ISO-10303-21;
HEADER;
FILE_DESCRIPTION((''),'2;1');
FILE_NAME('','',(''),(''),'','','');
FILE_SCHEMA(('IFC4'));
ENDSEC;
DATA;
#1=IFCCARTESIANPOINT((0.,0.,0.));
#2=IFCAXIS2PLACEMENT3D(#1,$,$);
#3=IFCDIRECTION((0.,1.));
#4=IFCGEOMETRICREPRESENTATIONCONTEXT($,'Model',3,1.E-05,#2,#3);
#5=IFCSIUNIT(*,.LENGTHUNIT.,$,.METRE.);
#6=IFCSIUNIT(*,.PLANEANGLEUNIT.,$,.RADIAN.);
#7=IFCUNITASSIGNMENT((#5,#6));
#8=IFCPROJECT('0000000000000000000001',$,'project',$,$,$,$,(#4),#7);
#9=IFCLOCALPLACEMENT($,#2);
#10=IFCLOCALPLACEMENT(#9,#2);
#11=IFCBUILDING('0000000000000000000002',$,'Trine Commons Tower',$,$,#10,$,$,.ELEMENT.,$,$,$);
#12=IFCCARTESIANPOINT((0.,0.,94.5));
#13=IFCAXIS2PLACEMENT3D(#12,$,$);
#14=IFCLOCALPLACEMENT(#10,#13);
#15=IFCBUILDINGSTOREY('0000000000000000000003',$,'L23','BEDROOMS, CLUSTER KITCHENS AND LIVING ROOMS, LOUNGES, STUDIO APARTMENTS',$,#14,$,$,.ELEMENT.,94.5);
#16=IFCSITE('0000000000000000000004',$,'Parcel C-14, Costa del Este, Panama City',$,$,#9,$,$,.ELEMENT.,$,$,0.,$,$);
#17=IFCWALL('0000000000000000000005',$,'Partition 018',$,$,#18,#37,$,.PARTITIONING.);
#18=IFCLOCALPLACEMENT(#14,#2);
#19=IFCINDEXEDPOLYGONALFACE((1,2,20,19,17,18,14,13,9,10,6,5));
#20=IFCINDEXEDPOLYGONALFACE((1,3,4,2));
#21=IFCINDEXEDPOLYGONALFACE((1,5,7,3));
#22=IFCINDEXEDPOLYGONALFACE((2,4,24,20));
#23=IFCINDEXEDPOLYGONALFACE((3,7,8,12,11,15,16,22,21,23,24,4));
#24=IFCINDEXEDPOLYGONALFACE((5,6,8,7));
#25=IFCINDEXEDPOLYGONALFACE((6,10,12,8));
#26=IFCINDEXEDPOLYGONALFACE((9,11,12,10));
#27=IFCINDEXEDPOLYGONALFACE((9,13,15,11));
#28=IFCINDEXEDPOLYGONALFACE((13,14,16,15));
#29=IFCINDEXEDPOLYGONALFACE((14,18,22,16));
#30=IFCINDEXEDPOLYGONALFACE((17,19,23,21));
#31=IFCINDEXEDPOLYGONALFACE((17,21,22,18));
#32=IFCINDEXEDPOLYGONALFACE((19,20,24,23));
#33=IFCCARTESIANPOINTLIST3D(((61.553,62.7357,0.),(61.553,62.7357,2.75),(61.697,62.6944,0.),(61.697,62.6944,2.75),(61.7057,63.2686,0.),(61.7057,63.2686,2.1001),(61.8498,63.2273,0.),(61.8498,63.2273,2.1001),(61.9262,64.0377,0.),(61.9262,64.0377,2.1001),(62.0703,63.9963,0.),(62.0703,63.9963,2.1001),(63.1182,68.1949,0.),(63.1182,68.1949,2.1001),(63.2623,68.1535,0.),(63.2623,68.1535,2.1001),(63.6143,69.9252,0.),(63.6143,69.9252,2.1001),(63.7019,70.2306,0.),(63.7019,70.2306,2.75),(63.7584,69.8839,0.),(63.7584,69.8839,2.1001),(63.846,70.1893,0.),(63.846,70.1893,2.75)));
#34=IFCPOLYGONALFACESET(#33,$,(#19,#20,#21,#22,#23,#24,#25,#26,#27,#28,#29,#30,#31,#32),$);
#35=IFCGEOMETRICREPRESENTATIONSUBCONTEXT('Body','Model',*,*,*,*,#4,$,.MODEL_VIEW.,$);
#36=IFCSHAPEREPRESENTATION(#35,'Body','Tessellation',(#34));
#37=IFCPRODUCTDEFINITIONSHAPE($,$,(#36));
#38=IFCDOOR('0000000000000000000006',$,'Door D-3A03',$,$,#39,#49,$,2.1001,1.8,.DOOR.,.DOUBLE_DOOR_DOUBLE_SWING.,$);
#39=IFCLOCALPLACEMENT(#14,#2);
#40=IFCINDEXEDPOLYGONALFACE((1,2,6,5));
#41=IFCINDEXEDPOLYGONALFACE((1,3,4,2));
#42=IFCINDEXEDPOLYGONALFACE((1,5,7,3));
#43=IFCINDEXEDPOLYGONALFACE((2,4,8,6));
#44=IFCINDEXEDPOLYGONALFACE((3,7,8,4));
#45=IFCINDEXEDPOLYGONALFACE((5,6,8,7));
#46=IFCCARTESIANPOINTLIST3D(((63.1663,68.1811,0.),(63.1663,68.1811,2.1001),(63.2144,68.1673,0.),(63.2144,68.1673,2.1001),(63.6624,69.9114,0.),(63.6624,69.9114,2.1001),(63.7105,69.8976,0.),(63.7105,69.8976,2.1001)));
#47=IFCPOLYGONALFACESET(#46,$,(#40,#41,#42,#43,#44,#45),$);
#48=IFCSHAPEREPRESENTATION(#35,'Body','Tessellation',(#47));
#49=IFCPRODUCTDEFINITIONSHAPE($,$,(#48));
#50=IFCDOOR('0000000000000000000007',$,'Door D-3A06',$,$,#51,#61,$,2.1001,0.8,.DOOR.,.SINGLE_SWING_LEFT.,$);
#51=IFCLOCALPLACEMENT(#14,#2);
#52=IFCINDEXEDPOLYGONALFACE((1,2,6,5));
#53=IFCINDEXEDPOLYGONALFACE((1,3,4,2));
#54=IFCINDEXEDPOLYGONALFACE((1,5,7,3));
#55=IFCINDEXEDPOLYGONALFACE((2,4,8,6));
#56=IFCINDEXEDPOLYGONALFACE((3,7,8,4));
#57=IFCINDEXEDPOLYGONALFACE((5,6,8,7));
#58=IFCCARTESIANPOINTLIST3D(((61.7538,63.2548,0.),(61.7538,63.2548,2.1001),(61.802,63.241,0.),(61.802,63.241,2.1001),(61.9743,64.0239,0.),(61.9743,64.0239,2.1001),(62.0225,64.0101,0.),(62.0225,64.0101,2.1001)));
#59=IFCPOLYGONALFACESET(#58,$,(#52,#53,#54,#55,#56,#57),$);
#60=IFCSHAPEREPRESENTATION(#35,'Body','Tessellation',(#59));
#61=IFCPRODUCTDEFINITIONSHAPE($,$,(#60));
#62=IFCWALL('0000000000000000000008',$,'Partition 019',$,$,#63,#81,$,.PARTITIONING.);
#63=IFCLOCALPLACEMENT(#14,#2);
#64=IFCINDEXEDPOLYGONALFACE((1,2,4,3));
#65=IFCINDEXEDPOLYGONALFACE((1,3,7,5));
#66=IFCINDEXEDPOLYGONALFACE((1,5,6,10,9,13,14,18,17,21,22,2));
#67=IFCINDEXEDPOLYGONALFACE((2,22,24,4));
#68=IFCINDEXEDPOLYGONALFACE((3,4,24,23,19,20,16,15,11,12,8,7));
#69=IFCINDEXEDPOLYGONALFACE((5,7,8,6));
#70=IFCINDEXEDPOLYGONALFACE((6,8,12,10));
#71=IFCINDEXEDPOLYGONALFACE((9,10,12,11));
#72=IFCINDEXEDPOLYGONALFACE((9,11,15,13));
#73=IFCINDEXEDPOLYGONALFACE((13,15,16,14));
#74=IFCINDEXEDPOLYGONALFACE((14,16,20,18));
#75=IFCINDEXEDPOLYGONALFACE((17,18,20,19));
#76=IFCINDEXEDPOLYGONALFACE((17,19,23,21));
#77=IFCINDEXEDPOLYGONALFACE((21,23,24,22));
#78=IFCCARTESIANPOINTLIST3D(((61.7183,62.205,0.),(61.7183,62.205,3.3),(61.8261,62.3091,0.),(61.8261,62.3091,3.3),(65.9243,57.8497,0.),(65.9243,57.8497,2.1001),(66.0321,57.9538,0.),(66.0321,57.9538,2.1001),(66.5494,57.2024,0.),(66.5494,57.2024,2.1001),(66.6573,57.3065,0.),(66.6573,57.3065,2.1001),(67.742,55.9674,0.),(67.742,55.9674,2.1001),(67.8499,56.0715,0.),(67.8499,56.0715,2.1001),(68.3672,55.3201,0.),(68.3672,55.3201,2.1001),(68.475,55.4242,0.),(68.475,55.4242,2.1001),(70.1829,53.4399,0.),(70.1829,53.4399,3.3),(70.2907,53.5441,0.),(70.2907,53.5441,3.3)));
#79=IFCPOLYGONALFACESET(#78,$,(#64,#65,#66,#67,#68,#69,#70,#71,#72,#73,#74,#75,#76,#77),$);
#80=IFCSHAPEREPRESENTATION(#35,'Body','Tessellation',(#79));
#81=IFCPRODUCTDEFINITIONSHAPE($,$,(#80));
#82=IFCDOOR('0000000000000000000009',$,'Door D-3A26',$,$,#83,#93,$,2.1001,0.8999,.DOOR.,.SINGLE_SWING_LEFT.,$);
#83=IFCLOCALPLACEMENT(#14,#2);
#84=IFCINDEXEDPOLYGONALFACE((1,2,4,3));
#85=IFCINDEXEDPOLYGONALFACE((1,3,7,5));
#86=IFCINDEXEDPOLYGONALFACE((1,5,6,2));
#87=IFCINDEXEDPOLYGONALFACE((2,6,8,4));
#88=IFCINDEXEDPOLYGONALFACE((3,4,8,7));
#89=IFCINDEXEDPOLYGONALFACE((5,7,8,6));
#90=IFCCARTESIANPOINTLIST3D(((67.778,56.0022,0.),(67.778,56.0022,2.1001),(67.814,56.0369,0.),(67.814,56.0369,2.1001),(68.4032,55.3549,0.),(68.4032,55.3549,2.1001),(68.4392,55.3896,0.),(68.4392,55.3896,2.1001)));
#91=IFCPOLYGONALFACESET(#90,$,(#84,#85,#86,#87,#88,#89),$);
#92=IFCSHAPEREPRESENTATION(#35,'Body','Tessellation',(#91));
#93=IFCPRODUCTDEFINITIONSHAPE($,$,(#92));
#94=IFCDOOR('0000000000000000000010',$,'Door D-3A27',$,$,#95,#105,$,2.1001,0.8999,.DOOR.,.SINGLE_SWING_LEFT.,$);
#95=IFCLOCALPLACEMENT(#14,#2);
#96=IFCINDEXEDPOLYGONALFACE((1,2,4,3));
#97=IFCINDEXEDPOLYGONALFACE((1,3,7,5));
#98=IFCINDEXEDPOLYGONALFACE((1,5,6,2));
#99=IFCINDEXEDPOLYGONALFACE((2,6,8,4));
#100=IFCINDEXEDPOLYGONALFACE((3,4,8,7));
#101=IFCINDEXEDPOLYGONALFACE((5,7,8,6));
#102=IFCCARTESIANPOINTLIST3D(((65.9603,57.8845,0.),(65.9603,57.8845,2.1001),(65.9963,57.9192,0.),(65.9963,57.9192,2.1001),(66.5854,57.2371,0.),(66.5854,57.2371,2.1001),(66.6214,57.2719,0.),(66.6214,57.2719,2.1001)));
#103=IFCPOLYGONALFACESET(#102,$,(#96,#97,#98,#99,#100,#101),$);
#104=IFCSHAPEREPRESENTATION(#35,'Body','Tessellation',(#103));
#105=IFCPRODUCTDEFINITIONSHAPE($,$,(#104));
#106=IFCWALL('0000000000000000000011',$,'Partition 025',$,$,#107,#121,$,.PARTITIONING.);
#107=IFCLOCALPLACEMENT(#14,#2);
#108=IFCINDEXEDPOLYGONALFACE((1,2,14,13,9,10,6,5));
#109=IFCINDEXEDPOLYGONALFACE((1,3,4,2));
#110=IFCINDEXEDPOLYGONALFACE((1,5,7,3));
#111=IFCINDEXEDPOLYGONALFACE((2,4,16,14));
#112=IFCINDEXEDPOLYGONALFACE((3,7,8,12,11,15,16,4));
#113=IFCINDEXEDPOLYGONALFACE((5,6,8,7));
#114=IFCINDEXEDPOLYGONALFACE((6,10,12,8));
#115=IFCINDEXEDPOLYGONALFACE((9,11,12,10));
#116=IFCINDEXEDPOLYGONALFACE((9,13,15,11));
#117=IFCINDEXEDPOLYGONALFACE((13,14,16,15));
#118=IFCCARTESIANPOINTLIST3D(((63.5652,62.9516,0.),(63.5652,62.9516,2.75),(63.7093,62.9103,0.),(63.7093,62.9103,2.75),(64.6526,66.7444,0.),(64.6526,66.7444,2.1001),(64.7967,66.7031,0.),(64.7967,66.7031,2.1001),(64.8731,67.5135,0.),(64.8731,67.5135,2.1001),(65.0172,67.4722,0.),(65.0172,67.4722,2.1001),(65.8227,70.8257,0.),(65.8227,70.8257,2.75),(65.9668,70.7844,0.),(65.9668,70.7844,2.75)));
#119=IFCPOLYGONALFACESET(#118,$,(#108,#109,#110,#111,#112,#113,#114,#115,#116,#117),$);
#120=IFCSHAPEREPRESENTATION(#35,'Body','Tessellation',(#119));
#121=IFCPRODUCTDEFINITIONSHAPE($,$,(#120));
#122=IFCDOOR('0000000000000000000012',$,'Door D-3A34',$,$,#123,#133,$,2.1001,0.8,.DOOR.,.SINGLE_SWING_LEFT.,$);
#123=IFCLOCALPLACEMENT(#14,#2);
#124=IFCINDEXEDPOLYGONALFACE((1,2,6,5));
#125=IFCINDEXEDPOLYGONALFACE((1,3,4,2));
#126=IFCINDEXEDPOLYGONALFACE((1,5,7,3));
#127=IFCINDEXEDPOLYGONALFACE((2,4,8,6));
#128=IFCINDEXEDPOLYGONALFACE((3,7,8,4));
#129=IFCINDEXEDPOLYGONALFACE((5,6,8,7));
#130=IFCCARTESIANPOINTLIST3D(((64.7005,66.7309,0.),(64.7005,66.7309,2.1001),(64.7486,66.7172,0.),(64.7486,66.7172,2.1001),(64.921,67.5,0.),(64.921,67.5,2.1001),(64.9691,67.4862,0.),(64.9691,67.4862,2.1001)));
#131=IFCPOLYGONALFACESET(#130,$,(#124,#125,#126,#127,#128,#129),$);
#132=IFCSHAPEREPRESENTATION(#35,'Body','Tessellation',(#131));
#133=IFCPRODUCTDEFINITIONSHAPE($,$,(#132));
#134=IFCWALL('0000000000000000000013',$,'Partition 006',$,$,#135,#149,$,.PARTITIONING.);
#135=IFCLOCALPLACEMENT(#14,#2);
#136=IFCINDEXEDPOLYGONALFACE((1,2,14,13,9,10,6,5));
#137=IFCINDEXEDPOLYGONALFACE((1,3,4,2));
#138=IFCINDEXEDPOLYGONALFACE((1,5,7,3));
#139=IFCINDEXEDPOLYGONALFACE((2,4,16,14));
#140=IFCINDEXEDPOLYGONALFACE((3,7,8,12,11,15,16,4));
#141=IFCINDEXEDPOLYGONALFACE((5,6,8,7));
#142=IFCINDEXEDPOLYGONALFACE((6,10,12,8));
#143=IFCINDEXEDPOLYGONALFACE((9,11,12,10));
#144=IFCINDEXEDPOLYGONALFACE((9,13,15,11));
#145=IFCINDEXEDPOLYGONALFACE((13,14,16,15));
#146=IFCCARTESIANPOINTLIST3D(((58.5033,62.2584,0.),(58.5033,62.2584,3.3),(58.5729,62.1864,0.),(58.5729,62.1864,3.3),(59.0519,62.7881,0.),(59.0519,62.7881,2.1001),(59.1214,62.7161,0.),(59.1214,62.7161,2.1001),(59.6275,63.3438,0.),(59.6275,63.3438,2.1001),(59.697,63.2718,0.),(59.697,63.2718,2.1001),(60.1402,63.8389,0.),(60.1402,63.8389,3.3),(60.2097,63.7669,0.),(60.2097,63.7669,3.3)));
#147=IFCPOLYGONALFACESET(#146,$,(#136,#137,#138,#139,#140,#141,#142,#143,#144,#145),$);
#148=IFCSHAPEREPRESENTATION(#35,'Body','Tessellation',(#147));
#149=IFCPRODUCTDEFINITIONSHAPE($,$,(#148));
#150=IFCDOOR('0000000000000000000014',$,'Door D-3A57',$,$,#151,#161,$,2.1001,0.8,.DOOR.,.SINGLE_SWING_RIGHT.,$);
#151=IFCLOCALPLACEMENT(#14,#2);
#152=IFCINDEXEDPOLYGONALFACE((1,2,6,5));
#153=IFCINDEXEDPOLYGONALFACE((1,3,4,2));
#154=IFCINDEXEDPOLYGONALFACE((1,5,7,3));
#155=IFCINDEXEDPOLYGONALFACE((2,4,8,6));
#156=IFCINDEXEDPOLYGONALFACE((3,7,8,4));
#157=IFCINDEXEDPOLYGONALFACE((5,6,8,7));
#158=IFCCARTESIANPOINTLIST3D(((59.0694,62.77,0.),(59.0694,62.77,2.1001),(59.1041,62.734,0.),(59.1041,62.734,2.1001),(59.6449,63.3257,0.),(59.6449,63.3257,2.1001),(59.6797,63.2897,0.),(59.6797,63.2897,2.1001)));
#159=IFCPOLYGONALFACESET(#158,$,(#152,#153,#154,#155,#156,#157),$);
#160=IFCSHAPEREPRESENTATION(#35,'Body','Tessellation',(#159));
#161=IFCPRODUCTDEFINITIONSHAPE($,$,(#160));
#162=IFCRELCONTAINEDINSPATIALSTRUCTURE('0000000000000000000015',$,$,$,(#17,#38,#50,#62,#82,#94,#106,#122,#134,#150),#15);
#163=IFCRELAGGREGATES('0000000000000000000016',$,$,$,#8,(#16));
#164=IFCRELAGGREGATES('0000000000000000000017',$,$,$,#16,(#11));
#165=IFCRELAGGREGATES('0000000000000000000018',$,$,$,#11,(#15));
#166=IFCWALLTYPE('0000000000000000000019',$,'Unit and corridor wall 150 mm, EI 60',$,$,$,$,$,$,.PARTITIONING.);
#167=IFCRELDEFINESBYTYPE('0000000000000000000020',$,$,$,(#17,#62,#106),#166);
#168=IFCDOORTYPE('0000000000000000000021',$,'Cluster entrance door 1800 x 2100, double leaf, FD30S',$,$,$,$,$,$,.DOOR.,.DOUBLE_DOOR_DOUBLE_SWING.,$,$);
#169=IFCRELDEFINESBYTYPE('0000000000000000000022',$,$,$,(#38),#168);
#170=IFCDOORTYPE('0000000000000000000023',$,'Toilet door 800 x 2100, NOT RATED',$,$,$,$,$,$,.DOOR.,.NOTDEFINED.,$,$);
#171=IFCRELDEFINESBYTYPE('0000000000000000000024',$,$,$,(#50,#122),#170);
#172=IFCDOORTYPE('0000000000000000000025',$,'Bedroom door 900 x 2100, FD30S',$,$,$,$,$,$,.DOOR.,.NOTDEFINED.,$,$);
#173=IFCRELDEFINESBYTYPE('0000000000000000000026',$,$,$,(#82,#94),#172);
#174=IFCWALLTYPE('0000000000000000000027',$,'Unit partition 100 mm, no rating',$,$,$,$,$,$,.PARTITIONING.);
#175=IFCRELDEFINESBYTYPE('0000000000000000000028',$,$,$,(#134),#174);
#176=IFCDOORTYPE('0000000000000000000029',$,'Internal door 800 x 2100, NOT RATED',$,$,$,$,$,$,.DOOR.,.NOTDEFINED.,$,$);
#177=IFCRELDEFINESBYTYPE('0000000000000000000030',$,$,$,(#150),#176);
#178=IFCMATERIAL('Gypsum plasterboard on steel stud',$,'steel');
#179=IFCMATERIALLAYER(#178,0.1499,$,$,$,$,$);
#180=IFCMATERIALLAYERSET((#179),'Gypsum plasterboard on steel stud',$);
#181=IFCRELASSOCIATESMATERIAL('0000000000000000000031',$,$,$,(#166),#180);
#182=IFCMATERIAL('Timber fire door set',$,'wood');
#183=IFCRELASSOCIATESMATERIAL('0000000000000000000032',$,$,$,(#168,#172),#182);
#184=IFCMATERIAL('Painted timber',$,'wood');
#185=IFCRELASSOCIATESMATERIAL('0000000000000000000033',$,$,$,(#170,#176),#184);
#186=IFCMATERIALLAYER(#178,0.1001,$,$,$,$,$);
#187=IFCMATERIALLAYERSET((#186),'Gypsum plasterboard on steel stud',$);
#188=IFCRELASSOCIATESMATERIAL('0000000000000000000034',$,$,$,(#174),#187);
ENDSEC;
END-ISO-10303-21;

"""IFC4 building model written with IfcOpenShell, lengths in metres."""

from ifc_helpers import new_model, si_unit, direction, frame, frame_2d, origin, place, context, subcontext, project, spatial, rectangle, extrude, material, layer, layer_set, type_object, element, fill, save


model = new_model("IFC4")

# Units and contexts
model_context = context("Model", 3, precision=1e-05, world=origin(), true_north=direction((0.0, 1.0)))
body_context = subcontext(model_context, "Body", "Model", "MODEL_VIEW")
ifc_project = project(units=[si_unit("LENGTHUNIT", "METRE"), si_unit("PLANEANGLEUNIT", "RADIAN")], contexts=[model_context])

# Site, building, storey
site_placement = place(None, origin())
site = spatial("IfcSite", under=ifc_project, at=site_placement, Name="Parcel C-14, Costa del Este, Panama City", CompositionType="ELEMENT", RefElevation=0.0)
building_placement = place(site_placement, origin())
building = spatial("IfcBuilding", under=site, at=building_placement, Name="Trine Commons Tower", CompositionType="ELEMENT")
storey_placement = place(building_placement, frame((0.0, 0.0, 94.5)))
storey = spatial("IfcBuildingStorey", under=building, at=storey_placement, Name="L23", Description="BEDROOMS, CLUSTER KITCHENS AND LIVING ROOMS, LOUNGES, STUDIO APARTMENTS", CompositionType="ELEMENT", Elevation=94.5)

# Shared definitions
ifc_material_1 = material(Name="Gypsum plasterboard on steel stud", Category="steel")
ifc_layer_1 = layer(ifc_material_1, 0.1499)
ifc_layer_set_1 = layer_set([ifc_layer_1], Name="Gypsum plasterboard on steel stud")
wall_type_1 = type_object("IfcWallType", Name="Unit and corridor wall 150 mm, EI 60", PredefinedType="PARTITIONING", material=ifc_layer_set_1)

# Walls, openings, doors
wall_1_placement = place(storey_placement, frame((61.625, 62.7151, 0.0), z_axis=(0.0, 0.0, 1.0), x_axis=(0.275614, 0.961268, 0.0)))
wall_1 = element("IfcWall", 1, at=wall_1_placement, inside=storey, type_object=wall_type_1, Name="Partition 018", PredefinedType="PARTITIONING", context=body_context, shape_type="SweptSolid", body=[
    extrude(rectangle(XDim=7.7969, YDim=0.1499, at=frame_2d((3.8984, 0.0))), origin(), (0.0, 0.0, 1.0), 2.75),
])
opening_1_placement = place(wall_1_placement, frame((5.6792, 0.0, 0.0)))
opening_1 = element("IfcOpeningElement", 2, at=opening_1_placement, cuts=wall_1, PredefinedType="OPENING", context=body_context, shape_type="SweptSolid", body=[
    extrude(rectangle(XDim=1.8, YDim=2.1001, at=frame_2d((0.8999, 1.05))), frame((0.0, 0.085, 0.0), z_axis=(0.0, -1.0, 0.0), x_axis=(1.0, 0.0, 0.0)), (0.0, 0.0, 1.0), 0.1699),
])
opening_2_placement = place(wall_1_placement, frame((0.5544, 0.0, 0.0)))
opening_2 = element("IfcOpeningElement", 3, at=opening_2_placement, cuts=wall_1, PredefinedType="OPENING", context=body_context, shape_type="SweptSolid", body=[
    extrude(rectangle(XDim=0.8, YDim=2.1001, at=frame_2d((0.3999, 1.05))), frame((0.0, 0.085, 0.0), z_axis=(0.0, -1.0, 0.0), x_axis=(1.0, 0.0, 0.0)), (0.0, 0.0, 1.0), 0.1699),
])
ifc_material_2 = material(Name="Timber fire door set", Category="wood")
door_type_1 = type_object("IfcDoorType", Name="Cluster entrance door 1800 x 2100, double leaf, FD30S", OperationType="DOUBLE_DOOR_DOUBLE_SWING", PredefinedType="DOOR", material=ifc_material_2)
door_1_placement = place(opening_1_placement, origin())
door_1 = element("IfcDoor", 4, at=door_1_placement, inside=storey, type_object=door_type_1, Name="Door D-3A03", OperationType="DOUBLE_DOOR_DOUBLE_SWING", OverallHeight=2.1001, OverallWidth=1.8, PredefinedType="DOOR", context=body_context, shape_type="SweptSolid", body=[
    extrude(rectangle(XDim=1.8, YDim=2.1001, at=frame_2d((0.8999, 1.05))), frame((0.0, 0.0249, 0.0), z_axis=(0.0, -1.0, 0.0), x_axis=(1.0, 0.0, 0.0)), (0.0, 0.0, 1.0), 0.05),
])
fill(opening_1, door_1)
ifc_material_3 = material(Name="Painted timber", Category="wood")
door_type_2 = type_object("IfcDoorType", Name="Toilet door 800 x 2100, NOT RATED", OperationType="NOTDEFINED", PredefinedType="DOOR", material=ifc_material_3)
door_2_placement = place(opening_2_placement, origin())
door_2 = element("IfcDoor", 5, at=door_2_placement, inside=storey, type_object=door_type_2, Name="Door D-3A06", OperationType="SINGLE_SWING_LEFT", OverallHeight=2.1001, OverallWidth=0.8, PredefinedType="DOOR", context=body_context, shape_type="SweptSolid", body=[
    extrude(rectangle(XDim=0.8, YDim=2.1001, at=frame_2d((0.3999, 1.05))), frame((0.0, 0.0249, 0.0), z_axis=(0.0, -1.0, 0.0), x_axis=(1.0, 0.0, 0.0)), (0.0, 0.0, 1.0), 0.05),
])
fill(opening_2, door_2)
wall_2_placement = place(storey_placement, frame((61.7722, 62.2571, 0.0), z_axis=(0.0, 0.0, 1.0), x_axis=(0.694667, -0.719331, 0.0)))
wall_2 = element("IfcWall", 6, at=wall_2_placement, inside=storey, type_object=wall_type_1, Name="Partition 019", PredefinedType="PARTITIONING", context=body_context, shape_type="SweptSolid", body=[
    extrude(rectangle(XDim=12.1851, YDim=0.1499, at=frame_2d((6.0925, 0.0))), origin(), (0.0, 0.0, 1.0), 3.3),
])
opening_3_placement = place(wall_2_placement, frame((8.6714, 0.0, 0.0)))
opening_3 = element("IfcOpeningElement", 7, at=opening_3_placement, cuts=wall_2, PredefinedType="OPENING", context=body_context, shape_type="SweptSolid", body=[
    extrude(rectangle(XDim=0.8999, YDim=2.1001, at=frame_2d((0.45, 1.05))), frame((0.0, 0.085, 0.0), z_axis=(0.0, -1.0, 0.0), x_axis=(1.0, 0.0, 0.0)), (0.0, 0.0, 1.0), 0.1699),
])
opening_4_placement = place(wall_2_placement, frame((6.0547, 0.0, 0.0)))
opening_4 = element("IfcOpeningElement", 8, at=opening_4_placement, cuts=wall_2, PredefinedType="OPENING", context=body_context, shape_type="SweptSolid", body=[
    extrude(rectangle(XDim=0.8999, YDim=2.1001, at=frame_2d((0.45, 1.05))), frame((0.0, 0.085, 0.0), z_axis=(0.0, -1.0, 0.0), x_axis=(1.0, 0.0, 0.0)), (0.0, 0.0, 1.0), 0.1699),
])
door_type_3 = type_object("IfcDoorType", Name="Bedroom door 900 x 2100, FD30S", OperationType="NOTDEFINED", PredefinedType="DOOR", material=ifc_material_2)
door_3_placement = place(opening_3_placement, frame((0.8999, 0.0, 0.0), z_axis=(0.0, 0.0, 1.0), x_axis=(-1.0, 0.0, 0.0)))
door_3 = element("IfcDoor", 9, at=door_3_placement, inside=storey, type_object=door_type_3, Name="Door D-3A26", OperationType="SINGLE_SWING_LEFT", OverallHeight=2.1001, OverallWidth=0.8999, PredefinedType="DOOR", context=body_context, shape_type="SweptSolid", body=[
    extrude(rectangle(XDim=0.8999, YDim=2.1001, at=frame_2d((0.45, 1.05))), frame((0.0, 0.0249, 0.0), z_axis=(0.0, -1.0, 0.0), x_axis=(1.0, 0.0, 0.0)), (0.0, 0.0, 1.0), 0.05),
])
fill(opening_3, door_3)
door_4_placement = place(opening_4_placement, frame((0.8999, 0.0, 0.0), z_axis=(0.0, 0.0, 1.0), x_axis=(-1.0, 0.0, 0.0)))
door_4 = element("IfcDoor", 10, at=door_4_placement, inside=storey, type_object=door_type_3, Name="Door D-3A27", OperationType="SINGLE_SWING_LEFT", OverallHeight=2.1001, OverallWidth=0.8999, PredefinedType="DOOR", context=body_context, shape_type="SweptSolid", body=[
    extrude(rectangle(XDim=0.8999, YDim=2.1001, at=frame_2d((0.45, 1.05))), frame((0.0, 0.0249, 0.0), z_axis=(0.0, -1.0, 0.0), x_axis=(1.0, 0.0, 0.0)), (0.0, 0.0, 1.0), 0.05),
])
fill(opening_4, door_4)

# Walls, openings, doors
wall_3_placement = place(storey_placement, frame((63.6372, 62.9309, 0.0), z_axis=(0.0, 0.0, 1.0), x_axis=(0.275599, 0.961273, 0.0)))
wall_3 = element("IfcWall", 11, at=wall_3_placement, inside=storey, type_object=wall_type_1, Name="Partition 025", PredefinedType="PARTITIONING", context=body_context, shape_type="SweptSolid", body=[
    extrude(rectangle(XDim=8.1914, YDim=0.1499, at=frame_2d((4.0957, 0.0))), origin(), (0.0, 0.0, 1.0), 2.75),
])
opening_5_placement = place(wall_3_placement, frame((3.9458, 0.0, 0.0)))
opening_5 = element("IfcOpeningElement", 12, at=opening_5_placement, cuts=wall_3, PredefinedType="OPENING", context=body_context, shape_type="SweptSolid", body=[
    extrude(rectangle(XDim=0.8, YDim=2.1001, at=frame_2d((0.3999, 1.05))), frame((0.0, 0.085, 0.0), z_axis=(0.0, -1.0, 0.0), x_axis=(1.0, 0.0, 0.0)), (0.0, 0.0, 1.0), 0.1699),
])
door_5_placement = place(opening_5_placement, frame((0.8, 0.0, 0.0), z_axis=(0.0, 0.0, 1.0), x_axis=(-1.0, 0.0, 0.0)))
door_5 = element("IfcDoor", 13, at=door_5_placement, inside=storey, type_object=door_type_2, Name="Door D-3A34", OperationType="SINGLE_SWING_LEFT", OverallHeight=2.1001, OverallWidth=0.8, PredefinedType="DOOR", context=body_context, shape_type="SweptSolid", body=[
    extrude(rectangle(XDim=0.8, YDim=2.1001, at=frame_2d((0.3999, 1.05))), frame((0.0, 0.0249, 0.0), z_axis=(0.0, -1.0, 0.0), x_axis=(1.0, 0.0, 0.0)), (0.0, 0.0, 1.0), 0.05),
])
fill(opening_5, door_5)
ifc_layer_2 = layer(ifc_material_1, 0.1001)
ifc_layer_set_2 = layer_set([ifc_layer_2], Name="Gypsum plasterboard on steel stud")
wall_type_2 = type_object("IfcWallType", Name="Unit partition 100 mm, no rating", PredefinedType="PARTITIONING", material=ifc_layer_set_2)
wall_4_placement = place(storey_placement, frame((58.5381, 62.2224, 0.0), z_axis=(0.0, 0.0, 1.0), x_axis=(0.71939, 0.694606, 0.0)))
wall_4 = element("IfcWall", 14, at=wall_4_placement, inside=storey, type_object=wall_type_2, Name="Partition 006", PredefinedType="PARTITIONING", context=body_context, shape_type="SweptSolid", body=[
    extrude(rectangle(XDim=2.2754, YDim=0.1001, at=frame_2d((1.1377, 0.0))), origin(), (0.0, 0.0, 1.0), 3.3),
])
opening_6_placement = place(wall_4_placement, frame((0.7627, 0.0, 0.0)))
opening_6 = element("IfcOpeningElement", 15, at=opening_6_placement, cuts=wall_4, PredefinedType="OPENING", context=body_context, shape_type="SweptSolid", body=[
    extrude(rectangle(XDim=0.8, YDim=2.1001, at=frame_2d((0.3999, 1.05))), frame((0.0, 0.0601, 0.0), z_axis=(0.0, -1.0, 0.0), x_axis=(1.0, 0.0, 0.0)), (0.0, 0.0, 1.0), 0.1201),
])
door_type_4 = type_object("IfcDoorType", Name="Internal door 800 x 2100, NOT RATED", OperationType="NOTDEFINED", PredefinedType="DOOR", material=ifc_material_3)
door_6_placement = place(opening_6_placement, origin())
door_6 = element("IfcDoor", 16, at=door_6_placement, inside=storey, type_object=door_type_4, Name="Door D-3A57", OperationType="SINGLE_SWING_RIGHT", OverallHeight=2.1001, OverallWidth=0.8, PredefinedType="DOOR", context=body_context, shape_type="SweptSolid", body=[
    extrude(rectangle(XDim=0.8, YDim=2.1001, at=frame_2d((0.3999, 1.05))), frame((0.0, 0.0249, 0.0), z_axis=(0.0, -1.0, 0.0), x_axis=(1.0, 0.0, 0.0)), (0.0, 0.0, 1.0), 0.05),
])
fill(opening_6, door_6)

save(model, "model.ifc")
